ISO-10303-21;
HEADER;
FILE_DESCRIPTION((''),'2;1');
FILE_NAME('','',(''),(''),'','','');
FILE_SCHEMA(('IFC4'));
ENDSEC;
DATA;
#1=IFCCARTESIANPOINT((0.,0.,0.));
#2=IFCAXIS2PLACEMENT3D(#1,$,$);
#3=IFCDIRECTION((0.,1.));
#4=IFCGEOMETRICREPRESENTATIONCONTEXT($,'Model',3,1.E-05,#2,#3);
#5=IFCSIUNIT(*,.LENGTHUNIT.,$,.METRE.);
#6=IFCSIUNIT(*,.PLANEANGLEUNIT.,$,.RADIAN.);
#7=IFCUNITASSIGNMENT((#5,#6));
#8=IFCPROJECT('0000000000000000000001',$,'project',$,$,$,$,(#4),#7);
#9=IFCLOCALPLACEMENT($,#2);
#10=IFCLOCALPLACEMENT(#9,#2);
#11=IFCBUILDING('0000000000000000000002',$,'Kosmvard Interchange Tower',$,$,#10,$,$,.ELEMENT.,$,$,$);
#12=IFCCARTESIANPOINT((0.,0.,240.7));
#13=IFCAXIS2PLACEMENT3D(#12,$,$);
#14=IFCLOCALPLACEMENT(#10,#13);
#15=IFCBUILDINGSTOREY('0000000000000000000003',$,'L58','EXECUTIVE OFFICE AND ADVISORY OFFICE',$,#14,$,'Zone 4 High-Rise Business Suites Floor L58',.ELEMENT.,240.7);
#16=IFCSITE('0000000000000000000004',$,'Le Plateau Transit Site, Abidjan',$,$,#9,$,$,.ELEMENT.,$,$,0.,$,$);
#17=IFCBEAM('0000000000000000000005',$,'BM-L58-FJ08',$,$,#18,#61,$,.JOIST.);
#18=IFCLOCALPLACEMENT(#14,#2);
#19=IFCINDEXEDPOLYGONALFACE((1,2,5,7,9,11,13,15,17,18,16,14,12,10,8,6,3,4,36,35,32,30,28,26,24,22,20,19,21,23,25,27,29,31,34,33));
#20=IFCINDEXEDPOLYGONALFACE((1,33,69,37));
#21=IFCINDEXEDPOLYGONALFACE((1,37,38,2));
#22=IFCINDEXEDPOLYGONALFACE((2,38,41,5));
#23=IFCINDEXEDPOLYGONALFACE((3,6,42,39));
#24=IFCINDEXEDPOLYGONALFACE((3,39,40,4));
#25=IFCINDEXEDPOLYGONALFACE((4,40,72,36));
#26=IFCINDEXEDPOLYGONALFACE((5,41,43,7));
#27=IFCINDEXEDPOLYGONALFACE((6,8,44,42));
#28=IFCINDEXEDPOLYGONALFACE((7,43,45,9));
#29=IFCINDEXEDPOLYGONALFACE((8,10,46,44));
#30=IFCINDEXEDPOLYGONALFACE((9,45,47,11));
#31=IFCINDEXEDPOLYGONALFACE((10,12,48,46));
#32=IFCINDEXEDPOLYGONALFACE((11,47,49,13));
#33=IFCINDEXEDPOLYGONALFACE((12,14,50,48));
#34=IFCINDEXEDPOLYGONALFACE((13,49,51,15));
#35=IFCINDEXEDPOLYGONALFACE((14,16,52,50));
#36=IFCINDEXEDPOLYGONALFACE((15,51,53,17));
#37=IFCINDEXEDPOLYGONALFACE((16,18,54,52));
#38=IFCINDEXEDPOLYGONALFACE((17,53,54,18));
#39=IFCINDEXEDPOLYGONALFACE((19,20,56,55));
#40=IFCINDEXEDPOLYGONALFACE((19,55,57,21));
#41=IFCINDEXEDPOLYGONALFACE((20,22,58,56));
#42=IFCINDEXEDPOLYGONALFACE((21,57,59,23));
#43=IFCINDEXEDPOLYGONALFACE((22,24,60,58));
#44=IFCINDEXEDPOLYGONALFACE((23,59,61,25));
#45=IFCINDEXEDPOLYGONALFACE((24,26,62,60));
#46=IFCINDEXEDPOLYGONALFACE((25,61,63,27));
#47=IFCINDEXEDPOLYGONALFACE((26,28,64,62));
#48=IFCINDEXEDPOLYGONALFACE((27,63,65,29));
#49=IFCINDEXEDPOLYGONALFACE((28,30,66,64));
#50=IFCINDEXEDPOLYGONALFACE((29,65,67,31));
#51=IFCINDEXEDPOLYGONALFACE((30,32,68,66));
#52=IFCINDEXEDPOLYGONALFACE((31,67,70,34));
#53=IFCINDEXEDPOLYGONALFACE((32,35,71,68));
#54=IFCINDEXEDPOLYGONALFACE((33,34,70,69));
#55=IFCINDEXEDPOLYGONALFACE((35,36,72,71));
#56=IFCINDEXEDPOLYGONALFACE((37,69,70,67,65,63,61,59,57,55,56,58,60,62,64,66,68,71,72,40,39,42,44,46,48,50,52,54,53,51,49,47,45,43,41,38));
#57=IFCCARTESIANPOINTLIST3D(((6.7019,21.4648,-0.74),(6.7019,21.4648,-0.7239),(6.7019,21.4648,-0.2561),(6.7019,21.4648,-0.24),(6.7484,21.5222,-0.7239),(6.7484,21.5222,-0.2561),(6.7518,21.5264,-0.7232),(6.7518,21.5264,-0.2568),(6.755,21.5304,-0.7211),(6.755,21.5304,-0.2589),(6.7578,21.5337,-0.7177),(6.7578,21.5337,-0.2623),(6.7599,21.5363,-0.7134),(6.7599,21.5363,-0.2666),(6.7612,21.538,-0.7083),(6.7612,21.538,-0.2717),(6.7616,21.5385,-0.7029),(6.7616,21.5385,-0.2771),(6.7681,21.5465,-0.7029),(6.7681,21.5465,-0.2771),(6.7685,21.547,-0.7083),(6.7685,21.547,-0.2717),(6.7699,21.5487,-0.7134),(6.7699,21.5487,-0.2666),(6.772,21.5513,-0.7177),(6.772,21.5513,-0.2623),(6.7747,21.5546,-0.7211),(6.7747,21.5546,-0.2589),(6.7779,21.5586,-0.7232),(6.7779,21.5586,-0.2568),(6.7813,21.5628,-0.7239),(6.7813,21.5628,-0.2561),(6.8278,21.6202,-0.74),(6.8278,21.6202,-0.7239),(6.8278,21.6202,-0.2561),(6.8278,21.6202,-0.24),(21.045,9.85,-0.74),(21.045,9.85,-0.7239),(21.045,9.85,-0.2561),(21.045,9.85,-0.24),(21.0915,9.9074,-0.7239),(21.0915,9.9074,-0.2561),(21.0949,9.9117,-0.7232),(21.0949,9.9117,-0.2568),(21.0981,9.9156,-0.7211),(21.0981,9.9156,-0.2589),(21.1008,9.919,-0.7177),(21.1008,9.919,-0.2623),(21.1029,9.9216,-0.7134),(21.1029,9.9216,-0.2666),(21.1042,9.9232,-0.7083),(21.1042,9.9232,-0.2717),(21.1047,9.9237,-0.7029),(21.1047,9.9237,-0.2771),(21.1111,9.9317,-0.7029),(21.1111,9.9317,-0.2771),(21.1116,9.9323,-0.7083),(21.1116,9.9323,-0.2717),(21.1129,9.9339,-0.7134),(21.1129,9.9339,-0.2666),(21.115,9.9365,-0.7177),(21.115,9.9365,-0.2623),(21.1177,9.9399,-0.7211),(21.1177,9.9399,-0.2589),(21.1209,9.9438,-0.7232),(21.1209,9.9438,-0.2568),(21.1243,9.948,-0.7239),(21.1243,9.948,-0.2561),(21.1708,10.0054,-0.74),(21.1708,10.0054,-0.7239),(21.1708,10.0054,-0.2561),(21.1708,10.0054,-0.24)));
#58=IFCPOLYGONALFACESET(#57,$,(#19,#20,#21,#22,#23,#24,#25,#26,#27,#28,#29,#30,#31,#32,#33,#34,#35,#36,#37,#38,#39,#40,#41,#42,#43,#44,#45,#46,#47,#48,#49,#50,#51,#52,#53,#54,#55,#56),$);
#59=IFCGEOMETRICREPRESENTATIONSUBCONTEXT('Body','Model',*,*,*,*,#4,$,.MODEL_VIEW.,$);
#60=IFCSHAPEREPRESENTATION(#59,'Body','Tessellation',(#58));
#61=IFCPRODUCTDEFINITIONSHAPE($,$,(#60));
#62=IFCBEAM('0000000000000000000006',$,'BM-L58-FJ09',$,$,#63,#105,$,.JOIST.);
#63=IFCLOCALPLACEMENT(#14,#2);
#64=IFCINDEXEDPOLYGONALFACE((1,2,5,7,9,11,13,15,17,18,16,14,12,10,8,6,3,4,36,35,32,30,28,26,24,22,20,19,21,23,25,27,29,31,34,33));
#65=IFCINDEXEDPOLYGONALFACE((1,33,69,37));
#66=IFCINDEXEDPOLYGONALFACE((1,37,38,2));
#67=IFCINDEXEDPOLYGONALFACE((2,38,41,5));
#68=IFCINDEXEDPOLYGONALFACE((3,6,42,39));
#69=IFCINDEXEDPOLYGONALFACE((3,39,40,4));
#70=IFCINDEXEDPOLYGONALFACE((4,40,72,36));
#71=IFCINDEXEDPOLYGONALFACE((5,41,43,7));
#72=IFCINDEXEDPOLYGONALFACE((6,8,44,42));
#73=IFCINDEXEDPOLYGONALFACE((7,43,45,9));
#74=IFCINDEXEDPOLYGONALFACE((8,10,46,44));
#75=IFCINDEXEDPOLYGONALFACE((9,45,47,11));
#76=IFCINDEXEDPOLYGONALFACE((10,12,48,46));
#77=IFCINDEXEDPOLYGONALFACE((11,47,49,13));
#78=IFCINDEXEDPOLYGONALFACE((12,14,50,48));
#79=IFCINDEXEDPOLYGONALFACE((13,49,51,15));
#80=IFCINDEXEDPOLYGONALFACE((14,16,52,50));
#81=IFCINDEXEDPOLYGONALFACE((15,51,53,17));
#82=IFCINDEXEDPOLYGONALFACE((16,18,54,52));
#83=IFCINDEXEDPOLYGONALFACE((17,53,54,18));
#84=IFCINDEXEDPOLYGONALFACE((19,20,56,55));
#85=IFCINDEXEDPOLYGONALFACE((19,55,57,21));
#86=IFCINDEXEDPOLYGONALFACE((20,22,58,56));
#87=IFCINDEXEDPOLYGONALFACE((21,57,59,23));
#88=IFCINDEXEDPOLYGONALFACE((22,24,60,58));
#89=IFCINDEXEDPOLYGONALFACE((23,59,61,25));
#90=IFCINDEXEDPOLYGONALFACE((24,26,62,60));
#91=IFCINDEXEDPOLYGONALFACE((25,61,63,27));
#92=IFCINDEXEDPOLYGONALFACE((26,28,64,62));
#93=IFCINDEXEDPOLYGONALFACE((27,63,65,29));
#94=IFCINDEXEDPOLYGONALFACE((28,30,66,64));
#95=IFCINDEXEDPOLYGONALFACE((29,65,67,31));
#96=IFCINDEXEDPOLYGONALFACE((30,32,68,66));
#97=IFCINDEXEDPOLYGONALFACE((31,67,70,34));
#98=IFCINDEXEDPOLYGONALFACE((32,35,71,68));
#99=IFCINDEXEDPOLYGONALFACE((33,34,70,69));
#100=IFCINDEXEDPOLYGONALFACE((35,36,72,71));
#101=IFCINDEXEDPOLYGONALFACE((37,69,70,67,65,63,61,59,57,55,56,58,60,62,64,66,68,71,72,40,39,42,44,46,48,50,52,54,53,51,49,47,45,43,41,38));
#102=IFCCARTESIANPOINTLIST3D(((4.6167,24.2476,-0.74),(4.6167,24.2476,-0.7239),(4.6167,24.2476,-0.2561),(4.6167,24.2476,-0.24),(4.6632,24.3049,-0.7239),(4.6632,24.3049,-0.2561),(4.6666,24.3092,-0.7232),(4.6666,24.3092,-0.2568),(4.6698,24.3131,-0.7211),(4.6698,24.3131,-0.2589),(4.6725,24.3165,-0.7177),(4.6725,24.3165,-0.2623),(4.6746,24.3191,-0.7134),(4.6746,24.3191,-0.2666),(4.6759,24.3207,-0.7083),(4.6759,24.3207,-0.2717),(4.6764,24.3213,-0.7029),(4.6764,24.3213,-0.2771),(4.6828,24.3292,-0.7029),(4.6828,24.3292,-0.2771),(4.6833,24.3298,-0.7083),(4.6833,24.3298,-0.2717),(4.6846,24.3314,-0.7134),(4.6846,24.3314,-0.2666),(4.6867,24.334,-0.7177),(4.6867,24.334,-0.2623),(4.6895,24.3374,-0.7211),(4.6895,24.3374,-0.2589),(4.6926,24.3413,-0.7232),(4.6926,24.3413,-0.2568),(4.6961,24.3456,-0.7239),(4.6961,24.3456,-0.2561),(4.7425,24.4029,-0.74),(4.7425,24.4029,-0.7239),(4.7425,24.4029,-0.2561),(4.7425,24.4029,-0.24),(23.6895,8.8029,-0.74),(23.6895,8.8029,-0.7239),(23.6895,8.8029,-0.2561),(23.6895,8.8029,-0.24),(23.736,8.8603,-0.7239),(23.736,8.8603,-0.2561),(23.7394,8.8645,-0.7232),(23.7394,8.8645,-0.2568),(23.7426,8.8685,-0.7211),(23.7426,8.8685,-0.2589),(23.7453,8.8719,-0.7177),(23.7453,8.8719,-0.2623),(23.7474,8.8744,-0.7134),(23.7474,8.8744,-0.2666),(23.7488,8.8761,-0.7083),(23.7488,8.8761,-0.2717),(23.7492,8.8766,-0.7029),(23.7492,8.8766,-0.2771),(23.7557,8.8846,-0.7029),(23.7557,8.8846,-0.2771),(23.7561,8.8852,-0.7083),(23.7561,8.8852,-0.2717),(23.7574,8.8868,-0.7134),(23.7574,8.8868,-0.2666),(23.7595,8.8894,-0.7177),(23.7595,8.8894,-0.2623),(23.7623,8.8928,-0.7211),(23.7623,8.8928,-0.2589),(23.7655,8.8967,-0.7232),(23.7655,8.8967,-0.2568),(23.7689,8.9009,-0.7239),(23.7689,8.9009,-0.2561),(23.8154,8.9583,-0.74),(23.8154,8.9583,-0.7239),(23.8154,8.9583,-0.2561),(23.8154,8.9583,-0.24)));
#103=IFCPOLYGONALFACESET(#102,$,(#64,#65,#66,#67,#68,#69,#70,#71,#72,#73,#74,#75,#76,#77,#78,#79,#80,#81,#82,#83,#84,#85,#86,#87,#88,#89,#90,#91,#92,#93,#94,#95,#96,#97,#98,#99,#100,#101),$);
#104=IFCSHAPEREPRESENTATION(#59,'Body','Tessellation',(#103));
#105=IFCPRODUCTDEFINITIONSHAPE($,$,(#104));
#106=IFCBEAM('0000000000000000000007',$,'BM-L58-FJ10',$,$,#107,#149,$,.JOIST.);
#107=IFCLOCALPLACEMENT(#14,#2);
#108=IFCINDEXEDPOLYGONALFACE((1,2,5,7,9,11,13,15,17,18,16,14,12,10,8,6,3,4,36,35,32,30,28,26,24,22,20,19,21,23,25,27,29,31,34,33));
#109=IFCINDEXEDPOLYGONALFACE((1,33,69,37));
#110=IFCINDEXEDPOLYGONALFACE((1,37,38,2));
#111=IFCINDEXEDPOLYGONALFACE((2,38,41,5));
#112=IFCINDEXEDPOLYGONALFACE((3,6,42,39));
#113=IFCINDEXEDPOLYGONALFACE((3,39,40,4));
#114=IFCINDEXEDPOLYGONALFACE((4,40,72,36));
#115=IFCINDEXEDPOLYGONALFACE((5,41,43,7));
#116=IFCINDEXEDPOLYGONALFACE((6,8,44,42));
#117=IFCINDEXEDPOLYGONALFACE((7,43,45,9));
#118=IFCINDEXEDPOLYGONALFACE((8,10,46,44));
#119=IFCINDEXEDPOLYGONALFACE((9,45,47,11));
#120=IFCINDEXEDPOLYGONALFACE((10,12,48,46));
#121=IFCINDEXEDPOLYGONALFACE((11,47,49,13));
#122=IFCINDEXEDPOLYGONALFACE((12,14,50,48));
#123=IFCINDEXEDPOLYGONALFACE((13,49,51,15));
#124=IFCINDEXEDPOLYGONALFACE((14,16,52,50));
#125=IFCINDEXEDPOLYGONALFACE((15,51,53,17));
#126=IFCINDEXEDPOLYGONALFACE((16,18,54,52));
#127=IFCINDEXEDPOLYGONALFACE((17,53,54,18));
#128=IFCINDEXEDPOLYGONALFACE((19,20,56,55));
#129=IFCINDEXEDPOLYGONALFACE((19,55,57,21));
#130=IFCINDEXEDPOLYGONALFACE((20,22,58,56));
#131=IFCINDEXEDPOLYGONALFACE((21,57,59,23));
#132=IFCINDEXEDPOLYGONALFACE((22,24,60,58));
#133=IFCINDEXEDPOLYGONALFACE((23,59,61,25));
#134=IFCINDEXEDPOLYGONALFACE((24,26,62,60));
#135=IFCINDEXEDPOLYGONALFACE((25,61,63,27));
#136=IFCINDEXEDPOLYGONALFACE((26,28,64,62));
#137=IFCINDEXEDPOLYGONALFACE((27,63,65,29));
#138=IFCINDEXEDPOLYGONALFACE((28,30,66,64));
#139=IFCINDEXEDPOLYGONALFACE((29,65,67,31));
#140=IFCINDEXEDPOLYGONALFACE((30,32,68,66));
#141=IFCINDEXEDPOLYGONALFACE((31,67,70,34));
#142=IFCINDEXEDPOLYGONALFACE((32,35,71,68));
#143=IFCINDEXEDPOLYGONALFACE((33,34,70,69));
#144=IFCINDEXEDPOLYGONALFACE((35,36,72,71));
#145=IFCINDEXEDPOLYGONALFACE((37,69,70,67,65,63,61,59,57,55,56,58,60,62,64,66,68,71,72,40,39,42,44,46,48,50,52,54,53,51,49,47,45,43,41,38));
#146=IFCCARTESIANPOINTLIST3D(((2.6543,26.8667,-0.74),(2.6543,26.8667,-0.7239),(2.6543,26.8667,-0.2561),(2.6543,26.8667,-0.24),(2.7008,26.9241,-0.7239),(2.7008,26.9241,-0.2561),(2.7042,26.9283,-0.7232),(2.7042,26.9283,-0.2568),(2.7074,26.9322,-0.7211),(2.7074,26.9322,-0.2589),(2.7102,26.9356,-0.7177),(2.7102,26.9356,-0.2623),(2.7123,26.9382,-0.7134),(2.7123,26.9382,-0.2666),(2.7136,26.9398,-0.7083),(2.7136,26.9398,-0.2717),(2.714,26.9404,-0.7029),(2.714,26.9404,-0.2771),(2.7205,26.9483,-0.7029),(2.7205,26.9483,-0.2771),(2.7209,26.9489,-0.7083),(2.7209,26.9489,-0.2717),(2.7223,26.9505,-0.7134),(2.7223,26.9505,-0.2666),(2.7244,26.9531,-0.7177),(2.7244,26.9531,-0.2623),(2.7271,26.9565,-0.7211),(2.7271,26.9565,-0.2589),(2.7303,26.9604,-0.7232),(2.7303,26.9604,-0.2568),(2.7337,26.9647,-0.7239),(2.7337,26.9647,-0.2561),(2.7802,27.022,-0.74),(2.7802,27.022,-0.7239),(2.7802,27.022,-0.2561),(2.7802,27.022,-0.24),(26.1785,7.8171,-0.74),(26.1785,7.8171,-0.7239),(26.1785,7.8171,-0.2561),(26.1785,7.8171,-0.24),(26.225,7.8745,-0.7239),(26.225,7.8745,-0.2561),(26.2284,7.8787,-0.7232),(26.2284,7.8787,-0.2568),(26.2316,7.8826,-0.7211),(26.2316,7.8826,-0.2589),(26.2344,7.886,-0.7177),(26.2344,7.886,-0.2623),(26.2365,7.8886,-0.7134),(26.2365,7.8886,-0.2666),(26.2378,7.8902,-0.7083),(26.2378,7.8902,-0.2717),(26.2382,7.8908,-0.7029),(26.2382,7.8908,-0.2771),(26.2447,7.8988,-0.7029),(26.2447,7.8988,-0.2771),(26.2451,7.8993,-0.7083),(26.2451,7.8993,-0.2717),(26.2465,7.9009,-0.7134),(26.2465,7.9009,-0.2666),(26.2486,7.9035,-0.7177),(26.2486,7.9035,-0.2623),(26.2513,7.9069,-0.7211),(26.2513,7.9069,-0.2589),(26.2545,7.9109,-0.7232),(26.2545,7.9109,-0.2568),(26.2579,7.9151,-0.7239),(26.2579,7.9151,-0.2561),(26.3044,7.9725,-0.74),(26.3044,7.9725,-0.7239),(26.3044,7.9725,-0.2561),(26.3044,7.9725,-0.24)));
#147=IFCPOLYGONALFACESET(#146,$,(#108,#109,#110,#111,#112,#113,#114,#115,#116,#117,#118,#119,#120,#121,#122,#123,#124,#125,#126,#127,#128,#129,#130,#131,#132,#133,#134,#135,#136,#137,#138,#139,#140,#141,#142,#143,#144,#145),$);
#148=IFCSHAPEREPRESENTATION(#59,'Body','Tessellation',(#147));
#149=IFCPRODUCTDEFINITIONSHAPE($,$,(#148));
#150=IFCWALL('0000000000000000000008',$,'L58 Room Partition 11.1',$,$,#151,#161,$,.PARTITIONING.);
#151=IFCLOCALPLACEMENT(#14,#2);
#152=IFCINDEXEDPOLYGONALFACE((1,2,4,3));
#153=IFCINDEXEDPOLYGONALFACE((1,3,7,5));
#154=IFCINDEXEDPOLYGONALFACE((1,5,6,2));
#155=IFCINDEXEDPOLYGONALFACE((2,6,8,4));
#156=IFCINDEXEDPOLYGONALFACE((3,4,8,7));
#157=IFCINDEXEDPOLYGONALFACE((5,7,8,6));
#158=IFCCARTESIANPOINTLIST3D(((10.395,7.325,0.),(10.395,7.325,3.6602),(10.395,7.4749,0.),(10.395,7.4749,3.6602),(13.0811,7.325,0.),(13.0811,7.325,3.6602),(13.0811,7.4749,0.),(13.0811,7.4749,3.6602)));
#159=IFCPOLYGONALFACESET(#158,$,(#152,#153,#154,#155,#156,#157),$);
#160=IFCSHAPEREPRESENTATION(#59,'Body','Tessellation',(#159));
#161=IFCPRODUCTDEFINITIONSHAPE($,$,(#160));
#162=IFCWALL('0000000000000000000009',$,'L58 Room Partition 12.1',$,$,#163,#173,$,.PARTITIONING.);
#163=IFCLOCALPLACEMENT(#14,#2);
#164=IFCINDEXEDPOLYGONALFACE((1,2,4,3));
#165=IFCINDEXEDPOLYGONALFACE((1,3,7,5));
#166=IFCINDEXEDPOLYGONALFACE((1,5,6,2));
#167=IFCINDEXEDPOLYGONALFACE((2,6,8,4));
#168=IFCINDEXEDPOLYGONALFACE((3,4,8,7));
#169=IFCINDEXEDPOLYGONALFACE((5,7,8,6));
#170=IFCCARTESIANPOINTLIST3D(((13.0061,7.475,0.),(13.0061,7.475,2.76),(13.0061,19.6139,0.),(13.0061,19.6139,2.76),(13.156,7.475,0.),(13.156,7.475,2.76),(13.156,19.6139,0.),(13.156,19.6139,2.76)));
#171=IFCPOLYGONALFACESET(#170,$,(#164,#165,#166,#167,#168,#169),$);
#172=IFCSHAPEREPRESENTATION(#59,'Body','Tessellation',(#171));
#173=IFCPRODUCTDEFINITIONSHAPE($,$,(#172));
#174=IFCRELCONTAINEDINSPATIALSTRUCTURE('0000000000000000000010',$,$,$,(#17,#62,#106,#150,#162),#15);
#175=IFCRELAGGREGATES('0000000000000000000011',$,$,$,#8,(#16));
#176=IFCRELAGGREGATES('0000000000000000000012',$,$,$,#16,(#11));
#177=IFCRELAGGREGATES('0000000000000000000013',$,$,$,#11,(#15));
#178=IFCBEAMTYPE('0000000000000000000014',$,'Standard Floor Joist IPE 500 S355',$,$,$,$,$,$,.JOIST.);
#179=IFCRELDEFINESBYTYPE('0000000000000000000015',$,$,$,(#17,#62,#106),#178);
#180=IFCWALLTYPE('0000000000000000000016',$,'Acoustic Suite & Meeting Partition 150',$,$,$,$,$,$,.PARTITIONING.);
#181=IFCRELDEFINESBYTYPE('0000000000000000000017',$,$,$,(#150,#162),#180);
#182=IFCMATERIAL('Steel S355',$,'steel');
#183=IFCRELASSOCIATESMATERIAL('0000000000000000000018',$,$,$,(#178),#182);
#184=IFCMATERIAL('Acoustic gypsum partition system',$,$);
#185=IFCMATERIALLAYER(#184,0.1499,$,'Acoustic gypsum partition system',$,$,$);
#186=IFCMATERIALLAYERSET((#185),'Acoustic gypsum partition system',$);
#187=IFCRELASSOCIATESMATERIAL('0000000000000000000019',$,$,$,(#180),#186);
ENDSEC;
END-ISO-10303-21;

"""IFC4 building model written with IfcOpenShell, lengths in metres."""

from ifc_helpers import new_model, si_unit, direction, frame, frame_2d, origin, origin_2d, place, context, subcontext, project, spatial, rectangle, i_section, extrude, source, transform, mapped, material, layer, layer_set, material_profile, profile_set, type_object, element, save


model = new_model("IFC4")

# Units and contexts
model_context = context("Model", 3, precision=1e-05, world=origin(), true_north=direction((0.0, 1.0)))
body_context = subcontext(model_context, "Body", "Model", "MODEL_VIEW")
ifc_project = project(units=[si_unit("LENGTHUNIT", "METRE"), si_unit("PLANEANGLEUNIT", "RADIAN")], contexts=[model_context])

# Site, building, storey
site_placement = place(None, origin())
site = spatial("IfcSite", under=ifc_project, at=site_placement, Name="Le Plateau Transit Site, Abidjan", CompositionType="ELEMENT", RefElevation=0.0)
building_placement = place(site_placement, origin())
building = spatial("IfcBuilding", under=site, at=building_placement, Name="Kosmvard Interchange Tower", CompositionType="ELEMENT")
storey_placement = place(building_placement, frame((0.0, 0.0, 240.7)))
storey = spatial("IfcBuildingStorey", under=building, at=storey_placement, Name="L58", Description="EXECUTIVE OFFICE AND ADVISORY OFFICE", LongName="Zone 4 High-Rise Business Suites Floor L58", CompositionType="ELEMENT", Elevation=240.7)

# Beams
ifc_material_1 = material(Name="Steel S355", Category="steel")
ifc_material_profile_1 = material_profile(ifc_material_1, i_section(OverallWidth=0.2, OverallDepth=0.5, WebThickness=0.0103, FlangeThickness=0.0161, FilletRadius=0.021, at=origin_2d()), Name="IPE 500")
ifc_profile_set_1 = profile_set([ifc_material_profile_1], Name="Steel S355")
beam_type_1 = type_object("IfcBeamType", Name="Standard Floor Joist IPE 500 S355", PredefinedType="JOIST", material=ifc_profile_set_1)
shared_shape_1 = source(origin(), body_context, "Body", "SweptSolid", [
    extrude(i_section(OverallWidth=0.2, OverallDepth=0.5, WebThickness=0.0103, FlangeThickness=0.0161, FilletRadius=0.021, at=origin_2d()), origin(), (0.0, 0.0, 1.0), 18.4561),
])
beam_1_placement = place(storey_placement, frame((21.1079, 9.9277, -0.49), z_axis=(-0.777146, 0.62932, 0.0), x_axis=(-0.62932, -0.777146, 0.0)))
element("IfcBeam", 1, at=beam_1_placement, inside=storey, type_object=beam_type_1, Name="BM-L58-FJ08", PredefinedType="JOIST", context=body_context, shape_type="MappedRepresentation", body=[
    mapped(shared_shape_1, transform((0.0, 0.0, 0.0), scale=1.0)),
])
shared_shape_2 = source(origin(), body_context, "Body", "SweptSolid", [
    extrude(i_section(OverallWidth=0.2, OverallDepth=0.5, WebThickness=0.0103, FlangeThickness=0.0161, FilletRadius=0.021, at=origin_2d()), origin(), (0.0, 0.0, 1.0), 24.542),
])
beam_2_placement = place(storey_placement, frame((23.7524, 8.8806, -0.49), z_axis=(-0.777151, 0.629315, 0.0), x_axis=(-0.629315, -0.777151, 0.0)))
element("IfcBeam", 2, at=beam_2_placement, inside=storey, type_object=beam_type_1, Name="BM-L58-FJ09", PredefinedType="JOIST", context=body_context, shape_type="MappedRepresentation", body=[
    mapped(shared_shape_2, transform((0.0, 0.0, 0.0), scale=1.0)),
])
shared_shape_3 = source(origin(), body_context, "Body", "SweptSolid", [
    extrude(i_section(OverallWidth=0.2, OverallDepth=0.5, WebThickness=0.0103, FlangeThickness=0.0161, FilletRadius=0.021, at=origin_2d()), origin(), (0.0, 0.0, 1.0), 30.27),
])
beam_3_placement = place(storey_placement, frame((26.2415, 7.8948, -0.49), z_axis=(-0.777145, 0.629322, 0.0), x_axis=(-0.629322, -0.777145, 0.0)))
element("IfcBeam", 3, at=beam_3_placement, inside=storey, type_object=beam_type_1, Name="BM-L58-FJ10", PredefinedType="JOIST", context=body_context, shape_type="MappedRepresentation", body=[
    mapped(shared_shape_3, transform((0.0, 0.0, 0.0), scale=1.0)),
])

# Walls
ifc_material_2 = material(Name="Acoustic gypsum partition system")
ifc_layer_1 = layer(ifc_material_2, 0.1499, Name="Acoustic gypsum partition system")
ifc_layer_set_1 = layer_set([ifc_layer_1], Name="Acoustic gypsum partition system")
wall_type_1 = type_object("IfcWallType", Name="Acoustic Suite & Meeting Partition 150", PredefinedType="PARTITIONING", material=ifc_layer_set_1)
wall_1_placement = place(storey_placement, frame((10.395, 7.3999, 0.0), z_axis=(0.0, 0.0, 1.0), x_axis=(1.0, 0.0, 0.0)))
element("IfcWall", 4, at=wall_1_placement, inside=storey, type_object=wall_type_1, Name="L58 Room Partition 11.1", PredefinedType="PARTITIONING", context=body_context, shape_type="SweptSolid", body=[
    extrude(rectangle(XDim=2.686, YDim=0.1499, at=frame_2d((1.343, 0.0))), origin(), (0.0, 0.0, 1.0), 3.6602),
])
wall_2_placement = place(storey_placement, frame((13.0811, 7.4751, 0.0), z_axis=(0.0, 0.0, 1.0), x_axis=(0.0, 1.0, 0.0)))
element("IfcWall", 5, at=wall_2_placement, inside=storey, type_object=wall_type_1, Name="L58 Room Partition 12.1", PredefinedType="PARTITIONING", context=body_context, shape_type="SweptSolid", body=[
    extrude(rectangle(XDim=12.1389, YDim=0.1499, at=frame_2d((6.0693, 0.0))), origin(), (0.0, 0.0, 1.0), 2.76),
])

save(model, "model.ifc")
